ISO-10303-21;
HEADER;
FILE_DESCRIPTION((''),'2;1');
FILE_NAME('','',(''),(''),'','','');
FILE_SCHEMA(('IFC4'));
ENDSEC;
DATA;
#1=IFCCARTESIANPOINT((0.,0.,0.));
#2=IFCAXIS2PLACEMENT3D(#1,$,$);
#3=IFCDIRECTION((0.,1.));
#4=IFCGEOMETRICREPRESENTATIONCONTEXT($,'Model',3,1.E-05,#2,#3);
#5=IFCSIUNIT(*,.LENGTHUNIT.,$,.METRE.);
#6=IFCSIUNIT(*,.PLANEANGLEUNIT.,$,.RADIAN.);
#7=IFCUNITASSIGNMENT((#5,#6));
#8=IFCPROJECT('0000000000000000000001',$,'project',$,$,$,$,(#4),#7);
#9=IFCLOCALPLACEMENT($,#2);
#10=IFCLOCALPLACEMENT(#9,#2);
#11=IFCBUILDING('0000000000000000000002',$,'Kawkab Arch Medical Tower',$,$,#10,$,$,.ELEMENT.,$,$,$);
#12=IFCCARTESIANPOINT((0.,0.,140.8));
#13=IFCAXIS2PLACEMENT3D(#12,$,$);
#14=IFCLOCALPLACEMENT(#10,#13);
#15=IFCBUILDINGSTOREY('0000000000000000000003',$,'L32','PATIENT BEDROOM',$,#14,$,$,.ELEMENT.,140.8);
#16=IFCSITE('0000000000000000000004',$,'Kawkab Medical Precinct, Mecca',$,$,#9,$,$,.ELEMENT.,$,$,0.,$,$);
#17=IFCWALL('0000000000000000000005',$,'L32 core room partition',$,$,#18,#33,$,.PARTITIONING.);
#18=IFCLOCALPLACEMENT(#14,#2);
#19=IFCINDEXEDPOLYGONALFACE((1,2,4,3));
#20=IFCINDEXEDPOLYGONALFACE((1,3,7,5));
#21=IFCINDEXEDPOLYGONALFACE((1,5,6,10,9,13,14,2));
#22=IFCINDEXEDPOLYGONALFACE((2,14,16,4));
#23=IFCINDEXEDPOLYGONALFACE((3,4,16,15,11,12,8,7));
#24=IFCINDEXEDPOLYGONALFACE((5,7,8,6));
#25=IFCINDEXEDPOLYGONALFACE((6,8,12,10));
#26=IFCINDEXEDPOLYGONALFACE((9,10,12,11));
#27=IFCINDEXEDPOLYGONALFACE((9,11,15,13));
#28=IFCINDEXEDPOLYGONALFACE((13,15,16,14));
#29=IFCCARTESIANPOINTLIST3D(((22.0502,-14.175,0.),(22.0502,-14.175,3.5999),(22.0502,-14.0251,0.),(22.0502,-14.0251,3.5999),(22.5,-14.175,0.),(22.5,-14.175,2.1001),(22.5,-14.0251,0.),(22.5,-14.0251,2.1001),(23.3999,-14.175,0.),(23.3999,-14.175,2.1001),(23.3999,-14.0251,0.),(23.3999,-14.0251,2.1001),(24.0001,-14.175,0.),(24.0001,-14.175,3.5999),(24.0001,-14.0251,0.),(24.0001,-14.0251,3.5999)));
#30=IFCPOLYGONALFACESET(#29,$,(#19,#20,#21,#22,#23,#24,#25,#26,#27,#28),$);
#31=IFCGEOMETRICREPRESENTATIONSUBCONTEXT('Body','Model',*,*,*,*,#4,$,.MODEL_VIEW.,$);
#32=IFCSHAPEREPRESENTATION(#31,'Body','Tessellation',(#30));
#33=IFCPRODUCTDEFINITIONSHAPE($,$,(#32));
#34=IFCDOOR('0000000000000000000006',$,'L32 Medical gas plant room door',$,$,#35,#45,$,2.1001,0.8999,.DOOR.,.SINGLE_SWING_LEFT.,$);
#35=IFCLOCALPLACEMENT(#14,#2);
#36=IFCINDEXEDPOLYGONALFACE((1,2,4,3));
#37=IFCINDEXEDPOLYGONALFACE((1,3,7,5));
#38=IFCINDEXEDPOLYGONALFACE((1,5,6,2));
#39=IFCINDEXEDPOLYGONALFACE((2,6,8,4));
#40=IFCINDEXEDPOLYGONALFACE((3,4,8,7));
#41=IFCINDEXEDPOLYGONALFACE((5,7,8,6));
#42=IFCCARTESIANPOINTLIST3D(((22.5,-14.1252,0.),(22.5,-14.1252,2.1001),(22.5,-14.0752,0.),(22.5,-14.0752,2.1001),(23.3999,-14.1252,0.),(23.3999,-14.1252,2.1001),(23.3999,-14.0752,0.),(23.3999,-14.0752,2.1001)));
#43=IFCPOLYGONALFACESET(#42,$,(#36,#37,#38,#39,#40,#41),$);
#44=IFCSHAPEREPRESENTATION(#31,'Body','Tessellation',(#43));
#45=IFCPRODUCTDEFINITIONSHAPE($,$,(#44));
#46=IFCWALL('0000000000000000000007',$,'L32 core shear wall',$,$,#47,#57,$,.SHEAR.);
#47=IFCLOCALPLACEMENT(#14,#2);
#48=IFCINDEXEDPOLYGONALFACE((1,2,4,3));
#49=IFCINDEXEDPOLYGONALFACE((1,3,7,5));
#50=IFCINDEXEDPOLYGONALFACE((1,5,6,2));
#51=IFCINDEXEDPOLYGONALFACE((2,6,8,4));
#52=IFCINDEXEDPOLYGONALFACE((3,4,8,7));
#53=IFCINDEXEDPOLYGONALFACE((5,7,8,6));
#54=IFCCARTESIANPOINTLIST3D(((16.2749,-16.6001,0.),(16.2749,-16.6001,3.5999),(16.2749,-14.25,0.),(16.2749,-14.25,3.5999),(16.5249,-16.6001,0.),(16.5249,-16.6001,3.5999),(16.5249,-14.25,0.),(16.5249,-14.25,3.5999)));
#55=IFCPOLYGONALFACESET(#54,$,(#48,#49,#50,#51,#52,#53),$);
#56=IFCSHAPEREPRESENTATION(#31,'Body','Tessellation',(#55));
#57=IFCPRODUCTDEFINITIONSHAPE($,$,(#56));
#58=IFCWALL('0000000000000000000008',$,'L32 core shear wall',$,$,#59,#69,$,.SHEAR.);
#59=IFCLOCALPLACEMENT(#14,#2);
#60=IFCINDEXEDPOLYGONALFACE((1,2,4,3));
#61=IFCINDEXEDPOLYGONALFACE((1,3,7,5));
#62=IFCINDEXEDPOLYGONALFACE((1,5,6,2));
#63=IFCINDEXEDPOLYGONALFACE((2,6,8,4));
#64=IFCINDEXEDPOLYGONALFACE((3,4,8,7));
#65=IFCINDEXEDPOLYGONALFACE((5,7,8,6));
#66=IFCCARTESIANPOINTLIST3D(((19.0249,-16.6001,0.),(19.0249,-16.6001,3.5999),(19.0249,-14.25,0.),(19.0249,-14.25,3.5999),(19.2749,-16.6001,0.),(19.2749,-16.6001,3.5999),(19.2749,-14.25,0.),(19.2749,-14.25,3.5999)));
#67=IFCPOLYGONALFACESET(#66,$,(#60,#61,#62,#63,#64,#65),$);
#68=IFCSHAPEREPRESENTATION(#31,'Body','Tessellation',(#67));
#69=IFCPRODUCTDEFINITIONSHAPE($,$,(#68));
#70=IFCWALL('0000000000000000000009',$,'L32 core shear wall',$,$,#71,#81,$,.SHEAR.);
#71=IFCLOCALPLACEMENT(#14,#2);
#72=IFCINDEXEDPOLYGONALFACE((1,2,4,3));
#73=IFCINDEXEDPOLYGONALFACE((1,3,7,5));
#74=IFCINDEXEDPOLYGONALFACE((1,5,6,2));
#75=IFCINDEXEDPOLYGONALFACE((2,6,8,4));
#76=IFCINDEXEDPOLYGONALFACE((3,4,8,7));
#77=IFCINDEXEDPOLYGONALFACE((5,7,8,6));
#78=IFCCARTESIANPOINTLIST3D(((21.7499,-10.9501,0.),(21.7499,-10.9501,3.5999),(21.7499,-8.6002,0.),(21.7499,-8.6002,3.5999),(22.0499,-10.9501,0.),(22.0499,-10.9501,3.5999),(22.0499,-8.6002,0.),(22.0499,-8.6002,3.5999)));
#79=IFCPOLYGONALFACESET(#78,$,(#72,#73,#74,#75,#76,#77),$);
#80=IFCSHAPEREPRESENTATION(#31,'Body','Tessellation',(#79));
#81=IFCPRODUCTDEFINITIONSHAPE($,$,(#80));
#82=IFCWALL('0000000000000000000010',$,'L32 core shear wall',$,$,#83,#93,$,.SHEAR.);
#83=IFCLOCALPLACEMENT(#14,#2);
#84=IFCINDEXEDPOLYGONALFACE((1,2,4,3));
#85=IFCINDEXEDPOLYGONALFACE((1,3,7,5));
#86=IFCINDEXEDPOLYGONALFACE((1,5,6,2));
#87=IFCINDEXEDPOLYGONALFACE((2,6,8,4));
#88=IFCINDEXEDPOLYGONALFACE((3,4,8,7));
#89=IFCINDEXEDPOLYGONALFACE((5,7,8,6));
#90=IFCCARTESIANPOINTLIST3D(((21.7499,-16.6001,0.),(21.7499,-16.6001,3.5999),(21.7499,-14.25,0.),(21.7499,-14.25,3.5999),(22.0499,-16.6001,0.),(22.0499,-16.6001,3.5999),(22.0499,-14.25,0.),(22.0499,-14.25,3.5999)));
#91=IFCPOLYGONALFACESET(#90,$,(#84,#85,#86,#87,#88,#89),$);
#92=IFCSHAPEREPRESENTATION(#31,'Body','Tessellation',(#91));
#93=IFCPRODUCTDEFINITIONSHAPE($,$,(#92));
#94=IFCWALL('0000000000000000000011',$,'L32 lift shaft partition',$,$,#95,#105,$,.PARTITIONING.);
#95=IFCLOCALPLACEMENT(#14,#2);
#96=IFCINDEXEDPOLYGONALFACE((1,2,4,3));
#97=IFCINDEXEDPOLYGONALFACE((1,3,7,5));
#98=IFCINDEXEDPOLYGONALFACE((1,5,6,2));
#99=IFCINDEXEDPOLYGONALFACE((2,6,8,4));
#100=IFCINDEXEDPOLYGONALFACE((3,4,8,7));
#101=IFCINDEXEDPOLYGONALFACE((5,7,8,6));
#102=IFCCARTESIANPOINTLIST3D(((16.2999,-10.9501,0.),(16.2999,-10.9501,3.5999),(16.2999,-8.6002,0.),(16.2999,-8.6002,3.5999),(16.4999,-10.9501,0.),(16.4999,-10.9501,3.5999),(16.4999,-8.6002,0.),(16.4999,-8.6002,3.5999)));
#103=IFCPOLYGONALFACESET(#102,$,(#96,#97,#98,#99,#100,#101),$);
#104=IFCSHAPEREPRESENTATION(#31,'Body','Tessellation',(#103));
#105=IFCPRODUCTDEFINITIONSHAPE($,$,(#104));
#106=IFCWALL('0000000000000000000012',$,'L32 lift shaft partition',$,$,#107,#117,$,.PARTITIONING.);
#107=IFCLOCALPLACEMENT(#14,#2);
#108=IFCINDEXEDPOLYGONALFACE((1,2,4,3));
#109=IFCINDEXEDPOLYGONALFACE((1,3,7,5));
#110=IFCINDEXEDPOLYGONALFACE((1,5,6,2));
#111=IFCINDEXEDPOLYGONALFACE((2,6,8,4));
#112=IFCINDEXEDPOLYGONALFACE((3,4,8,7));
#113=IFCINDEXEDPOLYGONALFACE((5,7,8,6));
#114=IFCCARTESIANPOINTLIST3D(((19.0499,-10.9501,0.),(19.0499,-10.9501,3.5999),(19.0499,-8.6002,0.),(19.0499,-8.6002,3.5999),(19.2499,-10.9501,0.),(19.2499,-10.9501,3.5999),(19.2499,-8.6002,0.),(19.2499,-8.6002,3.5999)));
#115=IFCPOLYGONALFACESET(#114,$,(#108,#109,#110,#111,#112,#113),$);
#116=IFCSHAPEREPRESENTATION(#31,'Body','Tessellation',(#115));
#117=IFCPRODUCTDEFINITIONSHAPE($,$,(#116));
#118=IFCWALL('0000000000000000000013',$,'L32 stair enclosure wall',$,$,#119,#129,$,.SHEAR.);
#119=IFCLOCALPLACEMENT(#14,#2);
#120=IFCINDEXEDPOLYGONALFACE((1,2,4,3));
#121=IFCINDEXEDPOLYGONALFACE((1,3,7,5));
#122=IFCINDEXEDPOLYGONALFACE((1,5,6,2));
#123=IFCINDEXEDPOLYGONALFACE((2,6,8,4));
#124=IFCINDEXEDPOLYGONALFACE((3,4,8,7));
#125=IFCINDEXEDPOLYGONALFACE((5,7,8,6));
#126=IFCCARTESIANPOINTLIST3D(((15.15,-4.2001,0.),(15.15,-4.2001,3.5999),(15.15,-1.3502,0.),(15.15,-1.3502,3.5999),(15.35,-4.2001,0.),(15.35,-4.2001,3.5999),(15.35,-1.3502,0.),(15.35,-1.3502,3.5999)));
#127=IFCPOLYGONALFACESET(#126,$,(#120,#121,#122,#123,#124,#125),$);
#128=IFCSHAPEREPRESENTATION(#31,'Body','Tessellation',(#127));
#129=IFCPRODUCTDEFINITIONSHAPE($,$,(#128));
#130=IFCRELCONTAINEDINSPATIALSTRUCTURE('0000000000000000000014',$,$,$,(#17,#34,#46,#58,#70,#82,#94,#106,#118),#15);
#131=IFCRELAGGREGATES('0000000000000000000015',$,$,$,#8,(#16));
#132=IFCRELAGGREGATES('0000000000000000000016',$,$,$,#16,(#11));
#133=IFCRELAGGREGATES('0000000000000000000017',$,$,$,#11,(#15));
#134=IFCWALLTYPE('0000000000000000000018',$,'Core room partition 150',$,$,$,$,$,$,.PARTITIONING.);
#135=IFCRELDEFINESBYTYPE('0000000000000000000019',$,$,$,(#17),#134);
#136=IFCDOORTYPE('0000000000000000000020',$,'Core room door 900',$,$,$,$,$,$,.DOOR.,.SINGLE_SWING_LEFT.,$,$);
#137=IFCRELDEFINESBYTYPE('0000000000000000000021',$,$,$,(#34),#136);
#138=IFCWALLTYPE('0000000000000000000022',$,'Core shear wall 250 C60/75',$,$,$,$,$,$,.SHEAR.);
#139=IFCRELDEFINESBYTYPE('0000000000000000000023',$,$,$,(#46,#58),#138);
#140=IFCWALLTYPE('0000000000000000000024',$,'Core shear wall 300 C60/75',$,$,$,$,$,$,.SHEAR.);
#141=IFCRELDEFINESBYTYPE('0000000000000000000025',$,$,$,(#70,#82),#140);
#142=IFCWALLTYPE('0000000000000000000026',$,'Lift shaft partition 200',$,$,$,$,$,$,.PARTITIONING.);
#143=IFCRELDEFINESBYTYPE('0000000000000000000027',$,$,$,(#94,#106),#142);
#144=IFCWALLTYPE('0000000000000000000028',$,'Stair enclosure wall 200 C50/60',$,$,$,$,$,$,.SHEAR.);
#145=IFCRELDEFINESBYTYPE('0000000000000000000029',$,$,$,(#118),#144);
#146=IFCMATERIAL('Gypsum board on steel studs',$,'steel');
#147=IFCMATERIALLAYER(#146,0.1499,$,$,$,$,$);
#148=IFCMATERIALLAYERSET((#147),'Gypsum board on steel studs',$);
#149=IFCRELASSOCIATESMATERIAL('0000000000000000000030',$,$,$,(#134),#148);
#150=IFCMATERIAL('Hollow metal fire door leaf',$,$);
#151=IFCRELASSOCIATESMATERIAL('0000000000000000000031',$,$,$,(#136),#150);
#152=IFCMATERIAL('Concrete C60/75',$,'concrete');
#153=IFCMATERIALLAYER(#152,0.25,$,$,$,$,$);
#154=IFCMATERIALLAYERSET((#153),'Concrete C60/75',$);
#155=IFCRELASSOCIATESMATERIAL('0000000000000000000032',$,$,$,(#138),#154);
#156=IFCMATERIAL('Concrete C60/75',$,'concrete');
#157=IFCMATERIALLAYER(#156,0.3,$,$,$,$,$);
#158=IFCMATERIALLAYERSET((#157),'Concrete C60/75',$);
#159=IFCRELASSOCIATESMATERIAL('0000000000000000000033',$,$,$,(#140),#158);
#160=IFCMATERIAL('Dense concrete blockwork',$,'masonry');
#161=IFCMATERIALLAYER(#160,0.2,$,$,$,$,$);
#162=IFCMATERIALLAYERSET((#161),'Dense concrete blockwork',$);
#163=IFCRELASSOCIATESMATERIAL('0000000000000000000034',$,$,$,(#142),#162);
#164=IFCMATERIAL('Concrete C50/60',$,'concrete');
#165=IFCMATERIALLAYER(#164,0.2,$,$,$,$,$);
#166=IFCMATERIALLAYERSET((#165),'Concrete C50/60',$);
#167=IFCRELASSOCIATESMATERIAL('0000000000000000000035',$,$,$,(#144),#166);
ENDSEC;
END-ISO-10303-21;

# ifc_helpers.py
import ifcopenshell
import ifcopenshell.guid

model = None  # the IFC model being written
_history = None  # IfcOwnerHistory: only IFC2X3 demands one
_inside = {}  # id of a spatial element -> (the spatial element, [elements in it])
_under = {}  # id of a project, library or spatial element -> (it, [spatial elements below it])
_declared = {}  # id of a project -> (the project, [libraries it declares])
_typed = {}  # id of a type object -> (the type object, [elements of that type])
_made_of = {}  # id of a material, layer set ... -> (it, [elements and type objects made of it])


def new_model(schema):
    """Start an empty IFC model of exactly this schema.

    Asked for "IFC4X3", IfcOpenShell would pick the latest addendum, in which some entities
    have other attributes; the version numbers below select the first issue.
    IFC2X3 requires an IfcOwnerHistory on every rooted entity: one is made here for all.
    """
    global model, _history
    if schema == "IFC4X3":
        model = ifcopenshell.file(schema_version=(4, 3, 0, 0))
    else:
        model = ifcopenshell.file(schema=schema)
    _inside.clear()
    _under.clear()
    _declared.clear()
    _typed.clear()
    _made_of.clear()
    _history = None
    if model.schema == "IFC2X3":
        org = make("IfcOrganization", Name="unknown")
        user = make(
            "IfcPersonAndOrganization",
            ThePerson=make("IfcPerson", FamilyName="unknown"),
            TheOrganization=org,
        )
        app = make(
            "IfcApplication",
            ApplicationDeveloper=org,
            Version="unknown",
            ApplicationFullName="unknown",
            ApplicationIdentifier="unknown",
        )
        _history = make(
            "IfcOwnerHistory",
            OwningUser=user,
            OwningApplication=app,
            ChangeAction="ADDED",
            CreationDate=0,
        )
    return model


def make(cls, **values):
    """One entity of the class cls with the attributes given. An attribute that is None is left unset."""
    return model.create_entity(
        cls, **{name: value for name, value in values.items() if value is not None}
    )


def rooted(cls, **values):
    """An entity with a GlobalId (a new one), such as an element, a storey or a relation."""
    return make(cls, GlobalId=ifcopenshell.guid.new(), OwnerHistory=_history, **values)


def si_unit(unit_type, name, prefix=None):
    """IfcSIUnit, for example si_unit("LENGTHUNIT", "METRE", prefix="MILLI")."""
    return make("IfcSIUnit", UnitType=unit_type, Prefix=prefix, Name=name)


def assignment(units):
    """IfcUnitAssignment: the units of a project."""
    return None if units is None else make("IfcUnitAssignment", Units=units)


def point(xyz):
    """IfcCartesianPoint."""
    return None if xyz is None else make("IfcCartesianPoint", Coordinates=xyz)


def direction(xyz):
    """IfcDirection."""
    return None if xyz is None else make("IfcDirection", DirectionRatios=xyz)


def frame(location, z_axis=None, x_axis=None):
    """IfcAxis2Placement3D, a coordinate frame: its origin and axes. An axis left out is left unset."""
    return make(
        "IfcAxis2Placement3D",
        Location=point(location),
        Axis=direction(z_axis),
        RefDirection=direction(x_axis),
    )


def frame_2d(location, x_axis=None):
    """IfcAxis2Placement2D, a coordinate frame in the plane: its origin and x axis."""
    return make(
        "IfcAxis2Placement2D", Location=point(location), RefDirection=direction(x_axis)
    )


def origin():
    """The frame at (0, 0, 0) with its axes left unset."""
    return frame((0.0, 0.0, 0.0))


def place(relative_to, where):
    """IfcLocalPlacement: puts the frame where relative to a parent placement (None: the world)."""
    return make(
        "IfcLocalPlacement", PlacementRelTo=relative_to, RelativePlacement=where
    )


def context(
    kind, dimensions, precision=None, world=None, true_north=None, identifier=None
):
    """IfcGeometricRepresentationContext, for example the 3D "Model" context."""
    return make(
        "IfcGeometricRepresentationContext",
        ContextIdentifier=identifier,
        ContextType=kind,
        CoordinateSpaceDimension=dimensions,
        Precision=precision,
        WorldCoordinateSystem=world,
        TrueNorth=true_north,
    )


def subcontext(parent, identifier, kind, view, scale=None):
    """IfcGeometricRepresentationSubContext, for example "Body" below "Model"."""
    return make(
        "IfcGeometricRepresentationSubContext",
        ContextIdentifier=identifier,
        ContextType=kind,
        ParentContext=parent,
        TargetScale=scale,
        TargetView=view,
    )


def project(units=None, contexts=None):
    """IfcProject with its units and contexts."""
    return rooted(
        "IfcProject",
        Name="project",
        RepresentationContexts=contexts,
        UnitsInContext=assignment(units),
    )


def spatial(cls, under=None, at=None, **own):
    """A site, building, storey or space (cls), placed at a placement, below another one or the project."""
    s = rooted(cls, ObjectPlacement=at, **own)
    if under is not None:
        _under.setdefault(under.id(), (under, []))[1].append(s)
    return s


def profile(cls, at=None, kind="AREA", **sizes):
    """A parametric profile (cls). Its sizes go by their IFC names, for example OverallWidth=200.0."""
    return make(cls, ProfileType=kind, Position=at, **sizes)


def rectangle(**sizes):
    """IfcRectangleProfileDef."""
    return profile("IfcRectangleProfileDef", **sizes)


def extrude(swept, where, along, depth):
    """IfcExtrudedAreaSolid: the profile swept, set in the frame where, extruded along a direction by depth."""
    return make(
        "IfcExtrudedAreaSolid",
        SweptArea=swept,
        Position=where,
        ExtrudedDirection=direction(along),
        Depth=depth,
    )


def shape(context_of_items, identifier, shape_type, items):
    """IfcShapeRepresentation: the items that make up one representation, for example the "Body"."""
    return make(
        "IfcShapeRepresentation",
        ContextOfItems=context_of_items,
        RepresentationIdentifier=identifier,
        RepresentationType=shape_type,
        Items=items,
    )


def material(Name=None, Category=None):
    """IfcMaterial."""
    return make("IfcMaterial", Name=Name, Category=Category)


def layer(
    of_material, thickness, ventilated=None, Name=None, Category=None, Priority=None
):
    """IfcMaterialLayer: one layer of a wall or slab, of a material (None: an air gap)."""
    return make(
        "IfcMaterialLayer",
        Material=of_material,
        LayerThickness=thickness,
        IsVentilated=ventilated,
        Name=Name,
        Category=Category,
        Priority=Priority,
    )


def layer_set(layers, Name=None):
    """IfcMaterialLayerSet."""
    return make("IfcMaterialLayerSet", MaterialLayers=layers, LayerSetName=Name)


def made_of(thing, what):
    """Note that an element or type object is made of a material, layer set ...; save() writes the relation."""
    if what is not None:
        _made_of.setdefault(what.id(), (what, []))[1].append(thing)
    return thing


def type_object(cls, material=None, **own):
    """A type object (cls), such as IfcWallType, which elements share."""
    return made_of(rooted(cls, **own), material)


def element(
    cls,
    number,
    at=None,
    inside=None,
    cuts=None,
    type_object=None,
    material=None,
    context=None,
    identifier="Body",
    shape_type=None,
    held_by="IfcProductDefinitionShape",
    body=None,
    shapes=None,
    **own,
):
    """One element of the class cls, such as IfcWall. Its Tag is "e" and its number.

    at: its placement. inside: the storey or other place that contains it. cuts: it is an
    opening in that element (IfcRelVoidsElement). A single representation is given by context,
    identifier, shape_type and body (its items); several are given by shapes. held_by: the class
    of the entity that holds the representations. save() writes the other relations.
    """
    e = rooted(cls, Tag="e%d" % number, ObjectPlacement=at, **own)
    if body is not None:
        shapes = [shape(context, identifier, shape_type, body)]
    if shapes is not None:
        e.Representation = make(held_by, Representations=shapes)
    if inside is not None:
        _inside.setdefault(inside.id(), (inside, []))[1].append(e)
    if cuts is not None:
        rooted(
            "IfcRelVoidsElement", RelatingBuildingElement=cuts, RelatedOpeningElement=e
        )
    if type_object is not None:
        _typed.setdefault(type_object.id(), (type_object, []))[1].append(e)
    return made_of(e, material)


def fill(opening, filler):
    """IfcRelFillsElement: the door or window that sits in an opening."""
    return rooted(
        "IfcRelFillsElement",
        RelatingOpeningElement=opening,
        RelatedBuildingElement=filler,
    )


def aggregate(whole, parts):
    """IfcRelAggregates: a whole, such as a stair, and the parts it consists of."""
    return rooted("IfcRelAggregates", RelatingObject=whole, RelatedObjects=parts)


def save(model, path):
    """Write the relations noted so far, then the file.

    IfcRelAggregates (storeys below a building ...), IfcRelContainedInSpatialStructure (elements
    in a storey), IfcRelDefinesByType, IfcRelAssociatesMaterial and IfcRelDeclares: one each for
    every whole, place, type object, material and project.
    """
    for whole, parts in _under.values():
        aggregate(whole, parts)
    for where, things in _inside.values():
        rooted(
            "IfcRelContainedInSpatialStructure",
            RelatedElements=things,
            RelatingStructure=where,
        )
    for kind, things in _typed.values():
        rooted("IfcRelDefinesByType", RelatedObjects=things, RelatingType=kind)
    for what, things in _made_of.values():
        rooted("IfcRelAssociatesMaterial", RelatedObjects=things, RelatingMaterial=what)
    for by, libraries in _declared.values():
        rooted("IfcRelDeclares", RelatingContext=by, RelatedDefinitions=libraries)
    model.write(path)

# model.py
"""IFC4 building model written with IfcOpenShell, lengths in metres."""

from ifc_helpers import new_model, si_unit, direction, frame, frame_2d, origin, place, context, subcontext, project, spatial, rectangle, extrude, material, layer, layer_set, type_object, element, fill, save


model = new_model("IFC4")

# Units and contexts
model_context = context("Model", 3, precision=1e-05, world=origin(), true_north=direction((0.0, 1.0)))
body_context = subcontext(model_context, "Body", "Model", "MODEL_VIEW")
ifc_project = project(units=[si_unit("LENGTHUNIT", "METRE"), si_unit("PLANEANGLEUNIT", "RADIAN")], contexts=[model_context])

# Site, building, storey
site_placement = place(None, origin())
site = spatial("IfcSite", under=ifc_project, at=site_placement, Name="Kawkab Medical Precinct, Mecca", CompositionType="ELEMENT", RefElevation=0.0)
building_placement = place(site_placement, origin())
building = spatial("IfcBuilding", under=site, at=building_placement, Name="Kawkab Arch Medical Tower", CompositionType="ELEMENT")
storey_placement = place(building_placement, frame((0.0, 0.0, 140.8)))
storey = spatial("IfcBuildingStorey", under=building, at=storey_placement, Name="L32", Description="PATIENT BEDROOM", CompositionType="ELEMENT", Elevation=140.8)

# Wall, opening, door
ifc_material_1 = material(Name="Gypsum board on steel studs", Category="steel")
ifc_layer_1 = layer(ifc_material_1, 0.1499)
ifc_layer_set_1 = layer_set([ifc_layer_1], Name="Gypsum board on steel studs")
wall_type_1 = type_object("IfcWallType", Name="Core room partition 150", PredefinedType="PARTITIONING", material=ifc_layer_set_1)
wall_1_placement = place(storey_placement, frame((22.05, -14.1001, 0.0), z_axis=(0.0, 0.0, 1.0), x_axis=(1.0, 0.0, 0.0)))
wall_1 = element("IfcWall", 1, at=wall_1_placement, inside=storey, type_object=wall_type_1, Name="L32 core room partition", PredefinedType="PARTITIONING", context=body_context, shape_type="SweptSolid", body=[
    extrude(rectangle(XDim=1.95, YDim=0.1499, at=frame_2d((0.9751, 0.0))), origin(), (0.0, 0.0, 1.0), 3.5999),
])
opening_placement = place(wall_1_placement, frame((0.45, 0.0, 0.0)))
opening = element("IfcOpeningElement", 2, at=opening_placement, cuts=wall_1, PredefinedType="OPENING", context=body_context, shape_type="SweptSolid", body=[
    extrude(rectangle(XDim=0.8999, YDim=2.1001, at=frame_2d((0.45, 1.05))), frame((0.0, 0.085, 0.0), z_axis=(0.0, -1.0, 0.0), x_axis=(1.0, 0.0, 0.0)), (0.0, 0.0, 1.0), 0.1699),
])
ifc_material_2 = material(Name="Hollow metal fire door leaf")
door_type = type_object("IfcDoorType", Name="Core room door 900", OperationType="SINGLE_SWING_LEFT", PredefinedType="DOOR", material=ifc_material_2)
door_placement = place(opening_placement, origin())
door = element("IfcDoor", 3, at=door_placement, inside=storey, type_object=door_type, Name="L32 Medical gas plant room door", OperationType="SINGLE_SWING_LEFT", OverallHeight=2.1001, OverallWidth=0.8999, PredefinedType="DOOR", context=body_context, shape_type="SweptSolid", body=[
    extrude(rectangle(XDim=0.8999, YDim=2.1001, at=frame_2d((0.45, 1.05))), frame((0.0, 0.0249, 0.0), z_axis=(0.0, -1.0, 0.0), x_axis=(1.0, 0.0, 0.0)), (0.0, 0.0, 1.0), 0.05),
])
fill(opening, door)

# Walls
ifc_material_3 = material(Name="Concrete C60/75", Category="concrete")
ifc_layer_2 = layer(ifc_material_3, 0.25)
ifc_layer_set_2 = layer_set([ifc_layer_2], Name="Concrete C60/75")
wall_type_2 = type_object("IfcWallType", Name="Core shear wall 250 C60/75", PredefinedType="SHEAR", material=ifc_layer_set_2)
for number, where, z_axis, x_axis, name in (
    (4, (16.3999, -16.6001, 0.0), (0.0, 0.0, 1.0), (0.0, 1.0, 0.0), "L32 core shear wall"),
    (5, (19.1499, -16.6001, 0.0), (0.0, 0.0, 1.0), (0.0, 1.0, 0.0), "L32 core shear wall"),
):
    element("IfcWall", number, at=place(storey_placement, frame(where, z_axis=z_axis, x_axis=x_axis)), inside=storey, type_object=wall_type_2, Name=name, PredefinedType="SHEAR", context=body_context, shape_type="SweptSolid", body=[
        extrude(rectangle(XDim=2.3501, YDim=0.25, at=frame_2d((1.175, 0.0))), origin(), (0.0, 0.0, 1.0), 3.5999),
    ])
ifc_material_4 = material(Name="Concrete C60/75", Category="concrete")
ifc_layer_3 = layer(ifc_material_4, 0.3)
ifc_layer_set_3 = layer_set([ifc_layer_3], Name="Concrete C60/75")
wall_type_3 = type_object("IfcWallType", Name="Core shear wall 300 C60/75", PredefinedType="SHEAR", material=ifc_layer_set_3)
wall_2_placement = place(storey_placement, frame((21.8999, -10.95, 0.0), z_axis=(0.0, 0.0, 1.0), x_axis=(0.0, 1.0, 0.0)))
element("IfcWall", 6, at=wall_2_placement, inside=storey, type_object=wall_type_3, Name="L32 core shear wall", PredefinedType="SHEAR", context=body_context, shape_type="SweptSolid", body=[
    extrude(rectangle(XDim=2.3499, YDim=0.3, at=frame_2d((1.1748, 0.0))), origin(), (0.0, 0.0, 1.0), 3.5999),
])
wall_3_placement = place(storey_placement, frame((21.8999, -16.6001, 0.0), z_axis=(0.0, 0.0, 1.0), x_axis=(0.0, 1.0, 0.0)))
element("IfcWall", 7, at=wall_3_placement, inside=storey, type_object=wall_type_3, Name="L32 core shear wall", PredefinedType="SHEAR", context=body_context, shape_type="SweptSolid", body=[
    extrude(rectangle(XDim=2.3501, YDim=0.3, at=frame_2d((1.175, 0.0))), origin(), (0.0, 0.0, 1.0), 3.5999),
])
ifc_material_5 = material(Name="Dense concrete blockwork", Category="masonry")
ifc_layer_4 = layer(ifc_material_5, 0.2)
ifc_layer_set_4 = layer_set([ifc_layer_4], Name="Dense concrete blockwork")
wall_type_4 = type_object("IfcWallType", Name="Lift shaft partition 200", PredefinedType="PARTITIONING", material=ifc_layer_set_4)
for number, where, z_axis, x_axis, name in (
    (8, (16.3999, -10.95, 0.0), (0.0, 0.0, 1.0), (0.0, 1.0, 0.0), "L32 lift shaft partition"),
    (9, (19.1499, -10.95, 0.0), (0.0, 0.0, 1.0), (0.0, 1.0, 0.0), "L32 lift shaft partition"),
):
    element("IfcWall", number, at=place(storey_placement, frame(where, z_axis=z_axis, x_axis=x_axis)), inside=storey, type_object=wall_type_4, Name=name, PredefinedType="PARTITIONING", context=body_context, shape_type="SweptSolid", body=[
        extrude(rectangle(XDim=2.3499, YDim=0.2, at=frame_2d((1.1748, 0.0))), origin(), (0.0, 0.0, 1.0), 3.5999),
    ])
ifc_material_6 = material(Name="Concrete C50/60", Category="concrete")
ifc_layer_5 = layer(ifc_material_6, 0.2)
ifc_layer_set_5 = layer_set([ifc_layer_5], Name="Concrete C50/60")
wall_type_5 = type_object("IfcWallType", Name="Stair enclosure wall 200 C50/60", PredefinedType="SHEAR", material=ifc_layer_set_5)
wall_4_placement = place(storey_placement, frame((15.25, -4.2, 0.0), z_axis=(0.0, 0.0, 1.0), x_axis=(0.0, 1.0, 0.0)))
element("IfcWall", 10, at=wall_4_placement, inside=storey, type_object=wall_type_5, Name="L32 stair enclosure wall", PredefinedType="SHEAR", context=body_context, shape_type="SweptSolid", body=[
    extrude(rectangle(XDim=2.8499, YDim=0.2, at=frame_2d((1.4248, 0.0))), origin(), (0.0, 0.0, 1.0), 3.5999),
])

save(model, "model.ifc")
